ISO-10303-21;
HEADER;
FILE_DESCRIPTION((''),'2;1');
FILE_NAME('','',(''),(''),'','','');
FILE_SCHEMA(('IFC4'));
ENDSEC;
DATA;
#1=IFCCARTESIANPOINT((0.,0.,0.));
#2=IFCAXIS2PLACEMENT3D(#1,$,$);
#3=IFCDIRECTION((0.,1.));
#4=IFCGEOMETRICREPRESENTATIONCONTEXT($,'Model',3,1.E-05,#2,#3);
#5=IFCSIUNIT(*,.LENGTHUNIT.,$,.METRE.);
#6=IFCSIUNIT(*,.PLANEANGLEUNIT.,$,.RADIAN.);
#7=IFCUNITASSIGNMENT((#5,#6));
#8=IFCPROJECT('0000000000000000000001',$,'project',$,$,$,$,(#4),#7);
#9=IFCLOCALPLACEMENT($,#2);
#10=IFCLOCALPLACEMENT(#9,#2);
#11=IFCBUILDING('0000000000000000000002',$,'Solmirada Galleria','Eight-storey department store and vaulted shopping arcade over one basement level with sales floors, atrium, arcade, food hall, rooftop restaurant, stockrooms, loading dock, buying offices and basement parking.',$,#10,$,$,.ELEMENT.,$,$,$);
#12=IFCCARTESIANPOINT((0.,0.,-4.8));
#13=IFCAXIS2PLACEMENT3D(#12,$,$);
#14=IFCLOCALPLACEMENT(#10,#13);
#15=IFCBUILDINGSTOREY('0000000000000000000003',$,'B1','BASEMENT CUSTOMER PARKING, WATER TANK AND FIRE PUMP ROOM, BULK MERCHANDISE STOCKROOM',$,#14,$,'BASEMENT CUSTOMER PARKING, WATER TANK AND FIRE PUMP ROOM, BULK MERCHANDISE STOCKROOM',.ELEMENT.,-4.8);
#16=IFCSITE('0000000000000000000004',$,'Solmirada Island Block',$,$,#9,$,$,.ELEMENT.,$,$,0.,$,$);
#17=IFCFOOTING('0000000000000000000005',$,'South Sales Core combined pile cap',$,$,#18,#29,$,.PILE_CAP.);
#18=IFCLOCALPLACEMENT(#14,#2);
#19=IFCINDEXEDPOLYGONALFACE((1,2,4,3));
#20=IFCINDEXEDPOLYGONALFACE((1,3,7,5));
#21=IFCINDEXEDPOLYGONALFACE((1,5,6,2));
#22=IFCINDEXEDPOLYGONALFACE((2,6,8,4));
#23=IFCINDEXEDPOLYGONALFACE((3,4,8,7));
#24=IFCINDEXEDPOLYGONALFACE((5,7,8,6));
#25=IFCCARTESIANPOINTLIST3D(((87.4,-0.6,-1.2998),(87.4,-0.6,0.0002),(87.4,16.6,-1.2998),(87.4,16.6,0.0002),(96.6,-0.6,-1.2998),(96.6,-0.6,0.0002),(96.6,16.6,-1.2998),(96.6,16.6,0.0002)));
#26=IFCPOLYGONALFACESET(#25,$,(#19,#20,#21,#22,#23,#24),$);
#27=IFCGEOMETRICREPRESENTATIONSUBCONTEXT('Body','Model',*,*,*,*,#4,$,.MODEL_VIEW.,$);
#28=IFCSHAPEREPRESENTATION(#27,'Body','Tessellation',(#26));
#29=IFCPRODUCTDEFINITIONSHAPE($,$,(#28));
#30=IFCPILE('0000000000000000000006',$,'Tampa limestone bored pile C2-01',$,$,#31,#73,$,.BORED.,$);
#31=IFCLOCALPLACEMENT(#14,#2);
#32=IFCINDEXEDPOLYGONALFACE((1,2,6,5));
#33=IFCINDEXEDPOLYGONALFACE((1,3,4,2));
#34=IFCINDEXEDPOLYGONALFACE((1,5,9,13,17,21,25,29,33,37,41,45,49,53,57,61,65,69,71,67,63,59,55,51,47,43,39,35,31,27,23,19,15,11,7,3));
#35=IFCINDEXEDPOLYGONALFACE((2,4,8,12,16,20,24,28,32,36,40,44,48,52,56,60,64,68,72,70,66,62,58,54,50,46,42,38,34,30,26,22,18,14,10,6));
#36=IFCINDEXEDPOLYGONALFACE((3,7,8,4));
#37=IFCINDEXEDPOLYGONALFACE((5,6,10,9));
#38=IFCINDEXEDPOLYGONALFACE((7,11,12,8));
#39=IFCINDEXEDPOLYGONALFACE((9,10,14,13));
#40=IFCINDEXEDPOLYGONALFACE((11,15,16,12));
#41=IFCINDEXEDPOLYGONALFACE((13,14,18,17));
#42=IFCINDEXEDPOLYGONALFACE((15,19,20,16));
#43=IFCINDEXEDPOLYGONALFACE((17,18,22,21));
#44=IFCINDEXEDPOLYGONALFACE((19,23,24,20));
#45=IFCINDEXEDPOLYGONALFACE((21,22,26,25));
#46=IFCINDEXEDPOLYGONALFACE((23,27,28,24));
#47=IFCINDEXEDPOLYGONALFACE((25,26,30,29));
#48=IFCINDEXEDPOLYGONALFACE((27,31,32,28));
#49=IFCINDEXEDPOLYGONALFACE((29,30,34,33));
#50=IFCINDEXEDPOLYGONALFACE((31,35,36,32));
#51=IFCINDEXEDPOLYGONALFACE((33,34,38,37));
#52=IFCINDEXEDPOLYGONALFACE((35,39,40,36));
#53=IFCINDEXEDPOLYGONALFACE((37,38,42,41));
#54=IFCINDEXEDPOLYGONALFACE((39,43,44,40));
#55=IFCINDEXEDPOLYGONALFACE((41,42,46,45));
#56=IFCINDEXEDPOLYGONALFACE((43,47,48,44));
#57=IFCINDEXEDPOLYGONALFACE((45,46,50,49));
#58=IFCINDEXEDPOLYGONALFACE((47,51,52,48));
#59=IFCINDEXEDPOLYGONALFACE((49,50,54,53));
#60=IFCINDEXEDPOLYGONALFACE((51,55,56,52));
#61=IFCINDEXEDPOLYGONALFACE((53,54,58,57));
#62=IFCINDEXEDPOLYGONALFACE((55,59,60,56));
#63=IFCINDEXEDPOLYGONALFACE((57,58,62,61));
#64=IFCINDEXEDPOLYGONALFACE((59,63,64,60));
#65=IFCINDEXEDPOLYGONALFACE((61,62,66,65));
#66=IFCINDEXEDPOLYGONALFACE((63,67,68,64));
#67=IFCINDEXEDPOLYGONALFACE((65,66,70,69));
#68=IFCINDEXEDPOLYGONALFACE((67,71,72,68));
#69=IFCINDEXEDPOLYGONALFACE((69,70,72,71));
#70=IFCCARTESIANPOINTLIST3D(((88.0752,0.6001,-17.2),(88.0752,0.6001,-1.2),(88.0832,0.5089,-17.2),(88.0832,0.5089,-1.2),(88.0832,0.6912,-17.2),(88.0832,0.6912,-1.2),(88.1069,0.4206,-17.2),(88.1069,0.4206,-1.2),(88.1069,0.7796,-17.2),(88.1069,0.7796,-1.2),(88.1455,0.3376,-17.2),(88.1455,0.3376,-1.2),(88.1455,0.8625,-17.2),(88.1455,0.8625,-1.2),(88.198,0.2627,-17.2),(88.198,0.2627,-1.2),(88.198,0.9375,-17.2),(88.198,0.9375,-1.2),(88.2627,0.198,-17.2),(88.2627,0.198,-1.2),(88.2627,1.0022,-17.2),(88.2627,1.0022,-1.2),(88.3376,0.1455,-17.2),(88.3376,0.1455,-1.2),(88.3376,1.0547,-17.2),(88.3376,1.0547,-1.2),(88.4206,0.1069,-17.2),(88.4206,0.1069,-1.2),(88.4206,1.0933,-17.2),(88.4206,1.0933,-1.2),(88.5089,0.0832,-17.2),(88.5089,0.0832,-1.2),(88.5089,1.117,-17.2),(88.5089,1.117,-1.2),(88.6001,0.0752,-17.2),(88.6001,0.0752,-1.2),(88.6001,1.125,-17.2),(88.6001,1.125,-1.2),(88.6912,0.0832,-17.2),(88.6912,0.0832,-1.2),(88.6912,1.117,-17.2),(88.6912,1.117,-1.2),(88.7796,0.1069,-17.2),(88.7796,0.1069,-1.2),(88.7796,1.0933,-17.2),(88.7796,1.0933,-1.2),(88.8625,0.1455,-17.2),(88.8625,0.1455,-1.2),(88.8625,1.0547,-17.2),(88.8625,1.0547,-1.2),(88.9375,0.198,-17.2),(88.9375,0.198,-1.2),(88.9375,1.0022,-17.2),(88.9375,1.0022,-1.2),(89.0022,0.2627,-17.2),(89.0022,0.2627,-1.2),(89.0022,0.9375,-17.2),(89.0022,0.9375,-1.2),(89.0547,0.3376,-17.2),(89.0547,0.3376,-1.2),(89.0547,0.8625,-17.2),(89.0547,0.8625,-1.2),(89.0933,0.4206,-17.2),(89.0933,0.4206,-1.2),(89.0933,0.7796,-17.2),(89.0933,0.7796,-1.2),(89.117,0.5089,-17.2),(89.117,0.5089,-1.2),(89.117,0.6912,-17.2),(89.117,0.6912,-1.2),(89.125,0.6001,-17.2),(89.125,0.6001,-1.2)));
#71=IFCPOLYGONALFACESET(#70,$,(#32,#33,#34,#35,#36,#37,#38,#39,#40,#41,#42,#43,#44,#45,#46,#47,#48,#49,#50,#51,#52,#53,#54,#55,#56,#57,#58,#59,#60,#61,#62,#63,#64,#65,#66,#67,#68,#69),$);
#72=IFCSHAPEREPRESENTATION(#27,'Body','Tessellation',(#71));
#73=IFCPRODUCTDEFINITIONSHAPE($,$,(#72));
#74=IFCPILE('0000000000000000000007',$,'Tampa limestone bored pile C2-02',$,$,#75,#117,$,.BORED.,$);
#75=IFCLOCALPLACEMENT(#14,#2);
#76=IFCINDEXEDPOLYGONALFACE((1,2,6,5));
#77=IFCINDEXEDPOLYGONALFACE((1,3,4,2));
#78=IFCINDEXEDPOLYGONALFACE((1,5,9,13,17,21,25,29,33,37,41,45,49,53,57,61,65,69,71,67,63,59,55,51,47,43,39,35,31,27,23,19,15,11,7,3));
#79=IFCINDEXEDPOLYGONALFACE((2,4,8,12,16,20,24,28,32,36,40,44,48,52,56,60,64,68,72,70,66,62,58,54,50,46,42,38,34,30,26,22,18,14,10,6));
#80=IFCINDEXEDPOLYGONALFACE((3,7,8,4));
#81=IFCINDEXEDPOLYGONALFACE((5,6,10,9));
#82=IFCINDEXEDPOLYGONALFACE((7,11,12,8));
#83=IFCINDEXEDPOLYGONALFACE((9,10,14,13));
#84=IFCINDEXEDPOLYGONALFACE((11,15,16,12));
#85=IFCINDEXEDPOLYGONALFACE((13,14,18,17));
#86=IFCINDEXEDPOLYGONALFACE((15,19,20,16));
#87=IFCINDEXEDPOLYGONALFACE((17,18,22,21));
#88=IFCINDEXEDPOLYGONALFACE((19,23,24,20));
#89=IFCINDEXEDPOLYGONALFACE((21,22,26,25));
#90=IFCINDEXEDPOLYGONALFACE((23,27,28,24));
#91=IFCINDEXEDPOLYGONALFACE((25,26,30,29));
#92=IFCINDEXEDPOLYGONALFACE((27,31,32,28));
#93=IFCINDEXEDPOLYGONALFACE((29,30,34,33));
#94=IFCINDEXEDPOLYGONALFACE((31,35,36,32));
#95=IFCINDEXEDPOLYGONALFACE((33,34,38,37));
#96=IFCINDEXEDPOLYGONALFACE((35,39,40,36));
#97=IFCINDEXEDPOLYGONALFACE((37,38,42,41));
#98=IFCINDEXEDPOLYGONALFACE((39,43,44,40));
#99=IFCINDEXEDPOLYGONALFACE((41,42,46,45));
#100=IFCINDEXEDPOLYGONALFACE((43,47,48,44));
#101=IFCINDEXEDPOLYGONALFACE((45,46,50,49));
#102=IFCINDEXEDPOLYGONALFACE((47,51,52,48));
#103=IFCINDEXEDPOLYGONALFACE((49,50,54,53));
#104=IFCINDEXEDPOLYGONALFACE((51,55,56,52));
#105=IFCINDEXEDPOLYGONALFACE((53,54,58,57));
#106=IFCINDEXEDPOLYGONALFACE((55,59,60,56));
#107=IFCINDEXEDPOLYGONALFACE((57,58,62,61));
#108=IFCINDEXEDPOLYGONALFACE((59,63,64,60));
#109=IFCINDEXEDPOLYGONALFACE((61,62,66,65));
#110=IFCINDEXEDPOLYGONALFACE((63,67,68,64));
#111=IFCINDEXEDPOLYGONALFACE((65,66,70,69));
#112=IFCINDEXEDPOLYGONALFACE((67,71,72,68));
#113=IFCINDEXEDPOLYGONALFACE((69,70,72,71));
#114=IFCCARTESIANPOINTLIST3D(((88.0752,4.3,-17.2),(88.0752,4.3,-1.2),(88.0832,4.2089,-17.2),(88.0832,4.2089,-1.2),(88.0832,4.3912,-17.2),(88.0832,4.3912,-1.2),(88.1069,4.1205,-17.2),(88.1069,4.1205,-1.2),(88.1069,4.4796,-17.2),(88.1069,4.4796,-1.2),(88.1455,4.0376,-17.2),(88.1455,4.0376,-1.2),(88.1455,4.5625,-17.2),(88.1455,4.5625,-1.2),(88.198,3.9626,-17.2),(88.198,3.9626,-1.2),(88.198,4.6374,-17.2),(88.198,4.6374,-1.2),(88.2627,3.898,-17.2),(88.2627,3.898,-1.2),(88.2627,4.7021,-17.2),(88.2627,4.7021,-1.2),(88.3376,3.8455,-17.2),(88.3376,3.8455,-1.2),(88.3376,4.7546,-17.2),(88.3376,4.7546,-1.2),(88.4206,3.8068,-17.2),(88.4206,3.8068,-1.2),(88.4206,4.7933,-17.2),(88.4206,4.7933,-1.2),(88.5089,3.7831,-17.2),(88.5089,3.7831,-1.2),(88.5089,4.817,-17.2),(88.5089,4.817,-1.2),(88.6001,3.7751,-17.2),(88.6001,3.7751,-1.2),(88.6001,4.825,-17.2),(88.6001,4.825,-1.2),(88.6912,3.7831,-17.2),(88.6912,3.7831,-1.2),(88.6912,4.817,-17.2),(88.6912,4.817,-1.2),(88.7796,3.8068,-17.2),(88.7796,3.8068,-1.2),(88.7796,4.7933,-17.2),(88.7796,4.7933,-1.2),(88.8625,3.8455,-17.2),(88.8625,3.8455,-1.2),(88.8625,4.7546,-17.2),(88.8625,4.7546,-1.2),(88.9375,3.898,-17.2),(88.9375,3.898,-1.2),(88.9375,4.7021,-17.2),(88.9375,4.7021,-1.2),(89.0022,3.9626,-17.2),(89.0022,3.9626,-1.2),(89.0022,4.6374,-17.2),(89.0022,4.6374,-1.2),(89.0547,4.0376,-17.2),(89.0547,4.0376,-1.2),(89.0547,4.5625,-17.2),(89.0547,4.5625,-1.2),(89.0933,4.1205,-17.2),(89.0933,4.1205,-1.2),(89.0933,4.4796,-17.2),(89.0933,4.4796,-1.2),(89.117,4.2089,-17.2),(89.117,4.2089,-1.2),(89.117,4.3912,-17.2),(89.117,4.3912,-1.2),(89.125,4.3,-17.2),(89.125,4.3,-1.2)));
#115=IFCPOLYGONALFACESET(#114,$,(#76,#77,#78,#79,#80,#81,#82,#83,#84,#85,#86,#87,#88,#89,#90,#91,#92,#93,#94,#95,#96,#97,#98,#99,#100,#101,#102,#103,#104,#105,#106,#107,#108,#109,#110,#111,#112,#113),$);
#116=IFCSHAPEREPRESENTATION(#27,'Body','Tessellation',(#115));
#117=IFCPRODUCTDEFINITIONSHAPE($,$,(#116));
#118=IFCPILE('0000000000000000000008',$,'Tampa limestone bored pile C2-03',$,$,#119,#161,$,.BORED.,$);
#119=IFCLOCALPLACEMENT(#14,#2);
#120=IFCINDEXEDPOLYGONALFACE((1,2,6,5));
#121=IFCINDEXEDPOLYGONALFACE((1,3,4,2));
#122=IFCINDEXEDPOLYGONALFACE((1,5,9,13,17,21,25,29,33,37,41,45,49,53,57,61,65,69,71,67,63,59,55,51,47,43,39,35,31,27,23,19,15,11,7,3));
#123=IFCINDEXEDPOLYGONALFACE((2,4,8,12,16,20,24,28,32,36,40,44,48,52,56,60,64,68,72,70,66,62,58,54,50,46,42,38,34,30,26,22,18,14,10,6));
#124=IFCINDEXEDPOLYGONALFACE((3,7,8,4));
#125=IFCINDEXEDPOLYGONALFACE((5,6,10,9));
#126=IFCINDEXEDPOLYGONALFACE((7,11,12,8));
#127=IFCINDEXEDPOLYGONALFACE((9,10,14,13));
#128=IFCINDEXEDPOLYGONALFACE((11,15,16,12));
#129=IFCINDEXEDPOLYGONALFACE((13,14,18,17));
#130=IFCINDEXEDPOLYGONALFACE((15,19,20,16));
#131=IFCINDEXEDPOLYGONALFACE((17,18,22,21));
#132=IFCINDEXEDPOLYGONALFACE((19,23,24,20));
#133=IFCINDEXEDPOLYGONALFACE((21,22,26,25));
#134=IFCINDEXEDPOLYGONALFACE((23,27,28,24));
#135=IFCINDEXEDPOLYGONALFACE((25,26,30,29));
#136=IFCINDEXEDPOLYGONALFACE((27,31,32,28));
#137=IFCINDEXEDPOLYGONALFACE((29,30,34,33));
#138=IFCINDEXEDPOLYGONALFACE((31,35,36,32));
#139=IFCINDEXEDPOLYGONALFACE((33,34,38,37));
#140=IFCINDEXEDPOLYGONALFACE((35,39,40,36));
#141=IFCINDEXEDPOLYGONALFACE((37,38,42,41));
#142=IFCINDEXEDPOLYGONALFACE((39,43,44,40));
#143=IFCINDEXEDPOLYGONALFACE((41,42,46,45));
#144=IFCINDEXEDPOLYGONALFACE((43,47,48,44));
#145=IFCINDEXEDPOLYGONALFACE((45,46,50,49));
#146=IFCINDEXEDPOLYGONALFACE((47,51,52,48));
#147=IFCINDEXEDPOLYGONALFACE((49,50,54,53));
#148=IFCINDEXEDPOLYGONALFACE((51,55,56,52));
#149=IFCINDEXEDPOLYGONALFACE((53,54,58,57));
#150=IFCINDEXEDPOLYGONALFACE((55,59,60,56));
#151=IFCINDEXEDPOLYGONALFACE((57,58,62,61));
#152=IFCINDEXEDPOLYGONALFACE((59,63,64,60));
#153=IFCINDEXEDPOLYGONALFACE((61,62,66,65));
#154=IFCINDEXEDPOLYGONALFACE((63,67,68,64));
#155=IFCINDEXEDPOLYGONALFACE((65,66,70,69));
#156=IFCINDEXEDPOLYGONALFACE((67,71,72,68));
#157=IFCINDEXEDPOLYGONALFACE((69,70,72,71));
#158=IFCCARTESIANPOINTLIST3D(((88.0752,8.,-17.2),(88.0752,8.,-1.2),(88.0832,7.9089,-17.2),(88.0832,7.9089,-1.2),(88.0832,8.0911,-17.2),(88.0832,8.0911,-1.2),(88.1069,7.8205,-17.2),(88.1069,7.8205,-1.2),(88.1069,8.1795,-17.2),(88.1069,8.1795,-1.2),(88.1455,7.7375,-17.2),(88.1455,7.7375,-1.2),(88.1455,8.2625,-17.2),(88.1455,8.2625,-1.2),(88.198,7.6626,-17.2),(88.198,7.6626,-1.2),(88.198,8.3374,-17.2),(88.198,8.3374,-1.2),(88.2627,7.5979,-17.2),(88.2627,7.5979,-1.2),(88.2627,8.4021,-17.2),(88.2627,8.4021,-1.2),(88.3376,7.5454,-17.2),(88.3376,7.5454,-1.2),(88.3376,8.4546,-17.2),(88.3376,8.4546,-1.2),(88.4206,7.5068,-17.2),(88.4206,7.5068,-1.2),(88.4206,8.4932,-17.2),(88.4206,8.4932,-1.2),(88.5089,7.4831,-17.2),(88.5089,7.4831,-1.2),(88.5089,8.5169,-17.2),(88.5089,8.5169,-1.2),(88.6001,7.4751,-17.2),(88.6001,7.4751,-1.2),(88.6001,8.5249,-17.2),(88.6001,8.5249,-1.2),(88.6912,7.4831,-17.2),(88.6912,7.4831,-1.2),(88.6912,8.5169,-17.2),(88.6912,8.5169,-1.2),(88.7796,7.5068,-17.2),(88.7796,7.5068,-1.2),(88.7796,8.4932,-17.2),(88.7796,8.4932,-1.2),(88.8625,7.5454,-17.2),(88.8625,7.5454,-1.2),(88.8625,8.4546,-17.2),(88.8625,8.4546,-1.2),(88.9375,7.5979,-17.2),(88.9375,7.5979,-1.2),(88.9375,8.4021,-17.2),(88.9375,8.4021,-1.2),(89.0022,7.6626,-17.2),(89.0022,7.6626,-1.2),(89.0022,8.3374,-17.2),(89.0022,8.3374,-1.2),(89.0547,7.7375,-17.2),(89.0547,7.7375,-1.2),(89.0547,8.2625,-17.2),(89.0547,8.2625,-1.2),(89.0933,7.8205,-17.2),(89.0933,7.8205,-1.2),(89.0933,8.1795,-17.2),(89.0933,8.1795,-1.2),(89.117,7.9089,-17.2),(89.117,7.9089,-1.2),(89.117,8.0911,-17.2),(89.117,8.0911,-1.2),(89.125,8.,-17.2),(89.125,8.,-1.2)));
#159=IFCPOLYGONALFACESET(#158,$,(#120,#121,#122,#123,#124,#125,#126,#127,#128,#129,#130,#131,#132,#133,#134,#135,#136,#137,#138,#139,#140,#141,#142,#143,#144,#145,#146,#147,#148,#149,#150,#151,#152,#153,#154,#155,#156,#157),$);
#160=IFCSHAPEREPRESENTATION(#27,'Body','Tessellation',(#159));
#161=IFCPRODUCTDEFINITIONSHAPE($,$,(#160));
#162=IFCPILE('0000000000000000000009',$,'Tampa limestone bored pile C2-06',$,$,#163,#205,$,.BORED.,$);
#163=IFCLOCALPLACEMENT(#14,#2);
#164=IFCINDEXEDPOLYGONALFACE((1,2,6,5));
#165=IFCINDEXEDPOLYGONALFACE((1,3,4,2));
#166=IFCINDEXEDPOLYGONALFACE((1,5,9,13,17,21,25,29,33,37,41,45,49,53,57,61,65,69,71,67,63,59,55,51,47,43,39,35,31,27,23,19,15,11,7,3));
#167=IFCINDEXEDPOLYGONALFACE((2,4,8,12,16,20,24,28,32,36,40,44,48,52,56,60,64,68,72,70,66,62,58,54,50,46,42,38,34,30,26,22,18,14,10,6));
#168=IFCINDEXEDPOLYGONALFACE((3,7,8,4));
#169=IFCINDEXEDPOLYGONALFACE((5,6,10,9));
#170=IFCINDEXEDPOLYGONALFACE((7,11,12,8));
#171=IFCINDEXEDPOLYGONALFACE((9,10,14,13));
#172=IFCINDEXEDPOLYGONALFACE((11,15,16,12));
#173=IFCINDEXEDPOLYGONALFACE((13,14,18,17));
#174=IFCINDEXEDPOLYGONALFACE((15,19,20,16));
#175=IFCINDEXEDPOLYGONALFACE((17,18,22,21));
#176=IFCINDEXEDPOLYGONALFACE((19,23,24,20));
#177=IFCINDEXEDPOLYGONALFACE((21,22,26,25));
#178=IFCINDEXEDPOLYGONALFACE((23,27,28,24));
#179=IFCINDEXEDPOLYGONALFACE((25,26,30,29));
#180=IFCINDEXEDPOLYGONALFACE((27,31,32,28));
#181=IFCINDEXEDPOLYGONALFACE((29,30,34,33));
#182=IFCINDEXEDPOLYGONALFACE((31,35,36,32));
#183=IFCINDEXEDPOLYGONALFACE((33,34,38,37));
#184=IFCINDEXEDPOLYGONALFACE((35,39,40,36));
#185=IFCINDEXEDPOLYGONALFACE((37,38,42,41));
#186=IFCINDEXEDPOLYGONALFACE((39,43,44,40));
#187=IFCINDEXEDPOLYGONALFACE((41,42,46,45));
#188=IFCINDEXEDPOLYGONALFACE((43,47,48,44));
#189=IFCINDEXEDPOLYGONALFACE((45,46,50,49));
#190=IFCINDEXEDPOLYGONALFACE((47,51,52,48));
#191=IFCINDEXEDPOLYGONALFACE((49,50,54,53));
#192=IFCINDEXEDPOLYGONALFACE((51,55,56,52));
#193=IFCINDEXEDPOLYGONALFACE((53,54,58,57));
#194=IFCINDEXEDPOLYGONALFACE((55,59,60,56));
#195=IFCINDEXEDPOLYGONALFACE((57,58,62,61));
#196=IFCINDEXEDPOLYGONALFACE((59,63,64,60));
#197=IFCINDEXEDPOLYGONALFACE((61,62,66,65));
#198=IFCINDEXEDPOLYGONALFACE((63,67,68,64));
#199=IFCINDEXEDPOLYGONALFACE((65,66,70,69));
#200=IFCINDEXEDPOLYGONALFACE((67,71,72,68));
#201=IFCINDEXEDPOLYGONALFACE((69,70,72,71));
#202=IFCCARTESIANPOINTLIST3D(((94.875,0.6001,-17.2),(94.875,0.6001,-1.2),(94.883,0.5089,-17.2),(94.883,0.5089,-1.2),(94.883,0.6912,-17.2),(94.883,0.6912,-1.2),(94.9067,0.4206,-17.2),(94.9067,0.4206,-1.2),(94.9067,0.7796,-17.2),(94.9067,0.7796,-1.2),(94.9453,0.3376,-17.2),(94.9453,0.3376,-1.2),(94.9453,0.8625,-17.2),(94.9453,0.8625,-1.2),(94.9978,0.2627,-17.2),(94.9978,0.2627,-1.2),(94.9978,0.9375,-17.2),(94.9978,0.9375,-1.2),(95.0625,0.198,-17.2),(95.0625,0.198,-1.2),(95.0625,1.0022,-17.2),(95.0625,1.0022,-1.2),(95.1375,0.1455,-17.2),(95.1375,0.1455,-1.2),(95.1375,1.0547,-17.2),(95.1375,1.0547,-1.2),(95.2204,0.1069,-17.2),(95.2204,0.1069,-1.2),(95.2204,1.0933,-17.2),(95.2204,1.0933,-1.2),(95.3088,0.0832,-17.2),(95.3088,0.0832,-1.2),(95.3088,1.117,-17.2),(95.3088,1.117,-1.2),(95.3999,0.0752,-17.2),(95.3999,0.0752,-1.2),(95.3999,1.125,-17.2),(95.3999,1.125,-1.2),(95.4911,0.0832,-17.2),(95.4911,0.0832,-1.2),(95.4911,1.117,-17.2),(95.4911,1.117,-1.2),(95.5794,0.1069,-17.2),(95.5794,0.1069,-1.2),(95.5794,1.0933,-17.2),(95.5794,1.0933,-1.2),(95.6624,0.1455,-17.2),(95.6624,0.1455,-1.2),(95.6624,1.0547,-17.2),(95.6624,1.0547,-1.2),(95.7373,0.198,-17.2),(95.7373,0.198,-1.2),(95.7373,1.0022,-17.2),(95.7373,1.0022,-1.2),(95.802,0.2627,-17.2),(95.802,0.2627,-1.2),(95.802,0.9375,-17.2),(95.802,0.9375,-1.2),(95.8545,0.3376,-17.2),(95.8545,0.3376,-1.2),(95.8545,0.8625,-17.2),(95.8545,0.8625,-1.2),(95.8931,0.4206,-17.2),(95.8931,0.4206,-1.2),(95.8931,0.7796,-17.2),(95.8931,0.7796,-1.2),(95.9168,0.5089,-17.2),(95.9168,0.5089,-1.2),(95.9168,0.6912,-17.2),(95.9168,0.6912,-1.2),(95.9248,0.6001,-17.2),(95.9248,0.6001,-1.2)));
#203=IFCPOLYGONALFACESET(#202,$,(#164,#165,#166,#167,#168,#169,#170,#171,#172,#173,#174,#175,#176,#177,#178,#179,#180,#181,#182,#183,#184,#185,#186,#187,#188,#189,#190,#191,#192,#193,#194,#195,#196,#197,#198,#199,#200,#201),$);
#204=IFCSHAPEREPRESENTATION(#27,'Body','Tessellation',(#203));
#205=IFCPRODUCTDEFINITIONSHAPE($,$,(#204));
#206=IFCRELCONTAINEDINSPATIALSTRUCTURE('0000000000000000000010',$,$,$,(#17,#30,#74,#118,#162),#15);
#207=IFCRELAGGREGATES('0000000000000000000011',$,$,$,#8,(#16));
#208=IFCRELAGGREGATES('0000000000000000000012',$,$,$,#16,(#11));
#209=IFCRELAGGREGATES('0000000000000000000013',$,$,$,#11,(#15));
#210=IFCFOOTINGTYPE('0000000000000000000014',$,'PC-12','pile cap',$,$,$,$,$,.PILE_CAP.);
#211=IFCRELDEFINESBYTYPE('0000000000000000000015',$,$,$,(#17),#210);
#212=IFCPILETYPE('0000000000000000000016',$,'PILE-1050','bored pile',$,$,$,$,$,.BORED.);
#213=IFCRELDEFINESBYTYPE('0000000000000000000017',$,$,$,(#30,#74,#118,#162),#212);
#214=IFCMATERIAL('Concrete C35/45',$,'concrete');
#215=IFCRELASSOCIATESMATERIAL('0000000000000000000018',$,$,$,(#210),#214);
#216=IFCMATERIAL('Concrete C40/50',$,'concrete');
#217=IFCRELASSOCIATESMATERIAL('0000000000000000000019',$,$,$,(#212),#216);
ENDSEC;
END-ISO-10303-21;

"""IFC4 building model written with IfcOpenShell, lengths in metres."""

from ifc_helpers import new_model, si_unit, direction, frame, origin, origin_2d, place, context, subcontext, project, spatial, rectangle, circle, extrude, material, material_profile, profile_set, type_object, element, save


model = new_model("IFC4")

# Units and contexts
model_context = context("Model", 3, precision=1e-05, world=origin(), true_north=direction((0.0, 1.0)))
body_context = subcontext(model_context, "Body", "Model", "MODEL_VIEW")
ifc_project = project(units=[si_unit("LENGTHUNIT", "METRE"), si_unit("PLANEANGLEUNIT", "RADIAN")], contexts=[model_context])

# Site, building, storey
site_placement = place(None, origin())
site = spatial("IfcSite", under=ifc_project, at=site_placement, Name="Solmirada Island Block", CompositionType="ELEMENT", RefElevation=0.0)
building_placement = place(site_placement, origin())
building = spatial("IfcBuilding", under=site, at=building_placement, Name="Solmirada Galleria", Description="Eight-storey department store and vaulted shopping arcade over one basement level with sales floors, atrium, arcade, food hall, rooftop restaurant, stockrooms, loading dock, buying offices and basement parking.", CompositionType="ELEMENT")
storey_placement = place(building_placement, frame((0.0, 0.0, -4.8)))
storey = spatial("IfcBuildingStorey", under=building, at=storey_placement, Name="B1", Description="BASEMENT CUSTOMER PARKING, WATER TANK AND FIRE PUMP ROOM, BULK MERCHANDISE STOCKROOM", LongName="BASEMENT CUSTOMER PARKING, WATER TANK AND FIRE PUMP ROOM, BULK MERCHANDISE STOCKROOM", CompositionType="ELEMENT", Elevation=-4.8)

# Footing
ifc_material_1 = material(Name="Concrete C35/45", Category="concrete")
footing_type = type_object("IfcFootingType", Name="PC-12", Description="pile cap", PredefinedType="PILE_CAP", material=ifc_material_1)
footing_placement = place(storey_placement, frame((92.0, 8.0, -1.2998), z_axis=(0.0, 0.0, 1.0), x_axis=(1.0, 0.0, 0.0)))
element("IfcFooting", 1, at=footing_placement, inside=storey, type_object=footing_type, Name="South Sales Core combined pile cap", PredefinedType="PILE_CAP", context=body_context, shape_type="SweptSolid", body=[
    extrude(rectangle(XDim=9.2, YDim=17.2, at=origin_2d()), origin(), (0.0, 0.0, 1.0), 1.3),
])

# Piles
ifc_material_2 = material(Name="Concrete C40/50", Category="concrete")
ifc_material_profile = material_profile(ifc_material_2, circle(Radius=0.5249, at=origin_2d()), Name="PILE1050")
ifc_profile_set = profile_set([ifc_material_profile], Name="Concrete C40/50")
pile_type = type_object("IfcPileType", Name="PILE-1050", Description="bored pile", PredefinedType="BORED", material=ifc_profile_set)
for number, where, z_axis, x_axis, name in (
    (2, (88.6001, 0.6001, -1.2), (0.0, 0.0, -1.0), (1.0, 0.0, 0.0), "Tampa limestone bored pile C2-01"),
    (3, (88.6001, 4.3, -1.2), (0.0, 0.0, -1.0), (1.0, 0.0, 0.0), "Tampa limestone bored pile C2-02"),
    (4, (88.6001, 8.0, -1.2), (0.0, 0.0, -1.0), (1.0, 0.0, 0.0), "Tampa limestone bored pile C2-03"),
    (5, (95.3999, 0.6001, -1.2), (0.0, 0.0, -1.0), (1.0, 0.0, 0.0), "Tampa limestone bored pile C2-06"),
):
    element("IfcPile", number, at=place(storey_placement, frame(where, z_axis=z_axis, x_axis=x_axis)), inside=storey, type_object=pile_type, Name=name, PredefinedType="BORED", context=body_context, shape_type="SweptSolid", body=[
        extrude(circle(Radius=0.5249, at=origin_2d()), origin(), (0.0, 0.0, 1.0), 16.0),
    ])

save(model, "model.ifc")
